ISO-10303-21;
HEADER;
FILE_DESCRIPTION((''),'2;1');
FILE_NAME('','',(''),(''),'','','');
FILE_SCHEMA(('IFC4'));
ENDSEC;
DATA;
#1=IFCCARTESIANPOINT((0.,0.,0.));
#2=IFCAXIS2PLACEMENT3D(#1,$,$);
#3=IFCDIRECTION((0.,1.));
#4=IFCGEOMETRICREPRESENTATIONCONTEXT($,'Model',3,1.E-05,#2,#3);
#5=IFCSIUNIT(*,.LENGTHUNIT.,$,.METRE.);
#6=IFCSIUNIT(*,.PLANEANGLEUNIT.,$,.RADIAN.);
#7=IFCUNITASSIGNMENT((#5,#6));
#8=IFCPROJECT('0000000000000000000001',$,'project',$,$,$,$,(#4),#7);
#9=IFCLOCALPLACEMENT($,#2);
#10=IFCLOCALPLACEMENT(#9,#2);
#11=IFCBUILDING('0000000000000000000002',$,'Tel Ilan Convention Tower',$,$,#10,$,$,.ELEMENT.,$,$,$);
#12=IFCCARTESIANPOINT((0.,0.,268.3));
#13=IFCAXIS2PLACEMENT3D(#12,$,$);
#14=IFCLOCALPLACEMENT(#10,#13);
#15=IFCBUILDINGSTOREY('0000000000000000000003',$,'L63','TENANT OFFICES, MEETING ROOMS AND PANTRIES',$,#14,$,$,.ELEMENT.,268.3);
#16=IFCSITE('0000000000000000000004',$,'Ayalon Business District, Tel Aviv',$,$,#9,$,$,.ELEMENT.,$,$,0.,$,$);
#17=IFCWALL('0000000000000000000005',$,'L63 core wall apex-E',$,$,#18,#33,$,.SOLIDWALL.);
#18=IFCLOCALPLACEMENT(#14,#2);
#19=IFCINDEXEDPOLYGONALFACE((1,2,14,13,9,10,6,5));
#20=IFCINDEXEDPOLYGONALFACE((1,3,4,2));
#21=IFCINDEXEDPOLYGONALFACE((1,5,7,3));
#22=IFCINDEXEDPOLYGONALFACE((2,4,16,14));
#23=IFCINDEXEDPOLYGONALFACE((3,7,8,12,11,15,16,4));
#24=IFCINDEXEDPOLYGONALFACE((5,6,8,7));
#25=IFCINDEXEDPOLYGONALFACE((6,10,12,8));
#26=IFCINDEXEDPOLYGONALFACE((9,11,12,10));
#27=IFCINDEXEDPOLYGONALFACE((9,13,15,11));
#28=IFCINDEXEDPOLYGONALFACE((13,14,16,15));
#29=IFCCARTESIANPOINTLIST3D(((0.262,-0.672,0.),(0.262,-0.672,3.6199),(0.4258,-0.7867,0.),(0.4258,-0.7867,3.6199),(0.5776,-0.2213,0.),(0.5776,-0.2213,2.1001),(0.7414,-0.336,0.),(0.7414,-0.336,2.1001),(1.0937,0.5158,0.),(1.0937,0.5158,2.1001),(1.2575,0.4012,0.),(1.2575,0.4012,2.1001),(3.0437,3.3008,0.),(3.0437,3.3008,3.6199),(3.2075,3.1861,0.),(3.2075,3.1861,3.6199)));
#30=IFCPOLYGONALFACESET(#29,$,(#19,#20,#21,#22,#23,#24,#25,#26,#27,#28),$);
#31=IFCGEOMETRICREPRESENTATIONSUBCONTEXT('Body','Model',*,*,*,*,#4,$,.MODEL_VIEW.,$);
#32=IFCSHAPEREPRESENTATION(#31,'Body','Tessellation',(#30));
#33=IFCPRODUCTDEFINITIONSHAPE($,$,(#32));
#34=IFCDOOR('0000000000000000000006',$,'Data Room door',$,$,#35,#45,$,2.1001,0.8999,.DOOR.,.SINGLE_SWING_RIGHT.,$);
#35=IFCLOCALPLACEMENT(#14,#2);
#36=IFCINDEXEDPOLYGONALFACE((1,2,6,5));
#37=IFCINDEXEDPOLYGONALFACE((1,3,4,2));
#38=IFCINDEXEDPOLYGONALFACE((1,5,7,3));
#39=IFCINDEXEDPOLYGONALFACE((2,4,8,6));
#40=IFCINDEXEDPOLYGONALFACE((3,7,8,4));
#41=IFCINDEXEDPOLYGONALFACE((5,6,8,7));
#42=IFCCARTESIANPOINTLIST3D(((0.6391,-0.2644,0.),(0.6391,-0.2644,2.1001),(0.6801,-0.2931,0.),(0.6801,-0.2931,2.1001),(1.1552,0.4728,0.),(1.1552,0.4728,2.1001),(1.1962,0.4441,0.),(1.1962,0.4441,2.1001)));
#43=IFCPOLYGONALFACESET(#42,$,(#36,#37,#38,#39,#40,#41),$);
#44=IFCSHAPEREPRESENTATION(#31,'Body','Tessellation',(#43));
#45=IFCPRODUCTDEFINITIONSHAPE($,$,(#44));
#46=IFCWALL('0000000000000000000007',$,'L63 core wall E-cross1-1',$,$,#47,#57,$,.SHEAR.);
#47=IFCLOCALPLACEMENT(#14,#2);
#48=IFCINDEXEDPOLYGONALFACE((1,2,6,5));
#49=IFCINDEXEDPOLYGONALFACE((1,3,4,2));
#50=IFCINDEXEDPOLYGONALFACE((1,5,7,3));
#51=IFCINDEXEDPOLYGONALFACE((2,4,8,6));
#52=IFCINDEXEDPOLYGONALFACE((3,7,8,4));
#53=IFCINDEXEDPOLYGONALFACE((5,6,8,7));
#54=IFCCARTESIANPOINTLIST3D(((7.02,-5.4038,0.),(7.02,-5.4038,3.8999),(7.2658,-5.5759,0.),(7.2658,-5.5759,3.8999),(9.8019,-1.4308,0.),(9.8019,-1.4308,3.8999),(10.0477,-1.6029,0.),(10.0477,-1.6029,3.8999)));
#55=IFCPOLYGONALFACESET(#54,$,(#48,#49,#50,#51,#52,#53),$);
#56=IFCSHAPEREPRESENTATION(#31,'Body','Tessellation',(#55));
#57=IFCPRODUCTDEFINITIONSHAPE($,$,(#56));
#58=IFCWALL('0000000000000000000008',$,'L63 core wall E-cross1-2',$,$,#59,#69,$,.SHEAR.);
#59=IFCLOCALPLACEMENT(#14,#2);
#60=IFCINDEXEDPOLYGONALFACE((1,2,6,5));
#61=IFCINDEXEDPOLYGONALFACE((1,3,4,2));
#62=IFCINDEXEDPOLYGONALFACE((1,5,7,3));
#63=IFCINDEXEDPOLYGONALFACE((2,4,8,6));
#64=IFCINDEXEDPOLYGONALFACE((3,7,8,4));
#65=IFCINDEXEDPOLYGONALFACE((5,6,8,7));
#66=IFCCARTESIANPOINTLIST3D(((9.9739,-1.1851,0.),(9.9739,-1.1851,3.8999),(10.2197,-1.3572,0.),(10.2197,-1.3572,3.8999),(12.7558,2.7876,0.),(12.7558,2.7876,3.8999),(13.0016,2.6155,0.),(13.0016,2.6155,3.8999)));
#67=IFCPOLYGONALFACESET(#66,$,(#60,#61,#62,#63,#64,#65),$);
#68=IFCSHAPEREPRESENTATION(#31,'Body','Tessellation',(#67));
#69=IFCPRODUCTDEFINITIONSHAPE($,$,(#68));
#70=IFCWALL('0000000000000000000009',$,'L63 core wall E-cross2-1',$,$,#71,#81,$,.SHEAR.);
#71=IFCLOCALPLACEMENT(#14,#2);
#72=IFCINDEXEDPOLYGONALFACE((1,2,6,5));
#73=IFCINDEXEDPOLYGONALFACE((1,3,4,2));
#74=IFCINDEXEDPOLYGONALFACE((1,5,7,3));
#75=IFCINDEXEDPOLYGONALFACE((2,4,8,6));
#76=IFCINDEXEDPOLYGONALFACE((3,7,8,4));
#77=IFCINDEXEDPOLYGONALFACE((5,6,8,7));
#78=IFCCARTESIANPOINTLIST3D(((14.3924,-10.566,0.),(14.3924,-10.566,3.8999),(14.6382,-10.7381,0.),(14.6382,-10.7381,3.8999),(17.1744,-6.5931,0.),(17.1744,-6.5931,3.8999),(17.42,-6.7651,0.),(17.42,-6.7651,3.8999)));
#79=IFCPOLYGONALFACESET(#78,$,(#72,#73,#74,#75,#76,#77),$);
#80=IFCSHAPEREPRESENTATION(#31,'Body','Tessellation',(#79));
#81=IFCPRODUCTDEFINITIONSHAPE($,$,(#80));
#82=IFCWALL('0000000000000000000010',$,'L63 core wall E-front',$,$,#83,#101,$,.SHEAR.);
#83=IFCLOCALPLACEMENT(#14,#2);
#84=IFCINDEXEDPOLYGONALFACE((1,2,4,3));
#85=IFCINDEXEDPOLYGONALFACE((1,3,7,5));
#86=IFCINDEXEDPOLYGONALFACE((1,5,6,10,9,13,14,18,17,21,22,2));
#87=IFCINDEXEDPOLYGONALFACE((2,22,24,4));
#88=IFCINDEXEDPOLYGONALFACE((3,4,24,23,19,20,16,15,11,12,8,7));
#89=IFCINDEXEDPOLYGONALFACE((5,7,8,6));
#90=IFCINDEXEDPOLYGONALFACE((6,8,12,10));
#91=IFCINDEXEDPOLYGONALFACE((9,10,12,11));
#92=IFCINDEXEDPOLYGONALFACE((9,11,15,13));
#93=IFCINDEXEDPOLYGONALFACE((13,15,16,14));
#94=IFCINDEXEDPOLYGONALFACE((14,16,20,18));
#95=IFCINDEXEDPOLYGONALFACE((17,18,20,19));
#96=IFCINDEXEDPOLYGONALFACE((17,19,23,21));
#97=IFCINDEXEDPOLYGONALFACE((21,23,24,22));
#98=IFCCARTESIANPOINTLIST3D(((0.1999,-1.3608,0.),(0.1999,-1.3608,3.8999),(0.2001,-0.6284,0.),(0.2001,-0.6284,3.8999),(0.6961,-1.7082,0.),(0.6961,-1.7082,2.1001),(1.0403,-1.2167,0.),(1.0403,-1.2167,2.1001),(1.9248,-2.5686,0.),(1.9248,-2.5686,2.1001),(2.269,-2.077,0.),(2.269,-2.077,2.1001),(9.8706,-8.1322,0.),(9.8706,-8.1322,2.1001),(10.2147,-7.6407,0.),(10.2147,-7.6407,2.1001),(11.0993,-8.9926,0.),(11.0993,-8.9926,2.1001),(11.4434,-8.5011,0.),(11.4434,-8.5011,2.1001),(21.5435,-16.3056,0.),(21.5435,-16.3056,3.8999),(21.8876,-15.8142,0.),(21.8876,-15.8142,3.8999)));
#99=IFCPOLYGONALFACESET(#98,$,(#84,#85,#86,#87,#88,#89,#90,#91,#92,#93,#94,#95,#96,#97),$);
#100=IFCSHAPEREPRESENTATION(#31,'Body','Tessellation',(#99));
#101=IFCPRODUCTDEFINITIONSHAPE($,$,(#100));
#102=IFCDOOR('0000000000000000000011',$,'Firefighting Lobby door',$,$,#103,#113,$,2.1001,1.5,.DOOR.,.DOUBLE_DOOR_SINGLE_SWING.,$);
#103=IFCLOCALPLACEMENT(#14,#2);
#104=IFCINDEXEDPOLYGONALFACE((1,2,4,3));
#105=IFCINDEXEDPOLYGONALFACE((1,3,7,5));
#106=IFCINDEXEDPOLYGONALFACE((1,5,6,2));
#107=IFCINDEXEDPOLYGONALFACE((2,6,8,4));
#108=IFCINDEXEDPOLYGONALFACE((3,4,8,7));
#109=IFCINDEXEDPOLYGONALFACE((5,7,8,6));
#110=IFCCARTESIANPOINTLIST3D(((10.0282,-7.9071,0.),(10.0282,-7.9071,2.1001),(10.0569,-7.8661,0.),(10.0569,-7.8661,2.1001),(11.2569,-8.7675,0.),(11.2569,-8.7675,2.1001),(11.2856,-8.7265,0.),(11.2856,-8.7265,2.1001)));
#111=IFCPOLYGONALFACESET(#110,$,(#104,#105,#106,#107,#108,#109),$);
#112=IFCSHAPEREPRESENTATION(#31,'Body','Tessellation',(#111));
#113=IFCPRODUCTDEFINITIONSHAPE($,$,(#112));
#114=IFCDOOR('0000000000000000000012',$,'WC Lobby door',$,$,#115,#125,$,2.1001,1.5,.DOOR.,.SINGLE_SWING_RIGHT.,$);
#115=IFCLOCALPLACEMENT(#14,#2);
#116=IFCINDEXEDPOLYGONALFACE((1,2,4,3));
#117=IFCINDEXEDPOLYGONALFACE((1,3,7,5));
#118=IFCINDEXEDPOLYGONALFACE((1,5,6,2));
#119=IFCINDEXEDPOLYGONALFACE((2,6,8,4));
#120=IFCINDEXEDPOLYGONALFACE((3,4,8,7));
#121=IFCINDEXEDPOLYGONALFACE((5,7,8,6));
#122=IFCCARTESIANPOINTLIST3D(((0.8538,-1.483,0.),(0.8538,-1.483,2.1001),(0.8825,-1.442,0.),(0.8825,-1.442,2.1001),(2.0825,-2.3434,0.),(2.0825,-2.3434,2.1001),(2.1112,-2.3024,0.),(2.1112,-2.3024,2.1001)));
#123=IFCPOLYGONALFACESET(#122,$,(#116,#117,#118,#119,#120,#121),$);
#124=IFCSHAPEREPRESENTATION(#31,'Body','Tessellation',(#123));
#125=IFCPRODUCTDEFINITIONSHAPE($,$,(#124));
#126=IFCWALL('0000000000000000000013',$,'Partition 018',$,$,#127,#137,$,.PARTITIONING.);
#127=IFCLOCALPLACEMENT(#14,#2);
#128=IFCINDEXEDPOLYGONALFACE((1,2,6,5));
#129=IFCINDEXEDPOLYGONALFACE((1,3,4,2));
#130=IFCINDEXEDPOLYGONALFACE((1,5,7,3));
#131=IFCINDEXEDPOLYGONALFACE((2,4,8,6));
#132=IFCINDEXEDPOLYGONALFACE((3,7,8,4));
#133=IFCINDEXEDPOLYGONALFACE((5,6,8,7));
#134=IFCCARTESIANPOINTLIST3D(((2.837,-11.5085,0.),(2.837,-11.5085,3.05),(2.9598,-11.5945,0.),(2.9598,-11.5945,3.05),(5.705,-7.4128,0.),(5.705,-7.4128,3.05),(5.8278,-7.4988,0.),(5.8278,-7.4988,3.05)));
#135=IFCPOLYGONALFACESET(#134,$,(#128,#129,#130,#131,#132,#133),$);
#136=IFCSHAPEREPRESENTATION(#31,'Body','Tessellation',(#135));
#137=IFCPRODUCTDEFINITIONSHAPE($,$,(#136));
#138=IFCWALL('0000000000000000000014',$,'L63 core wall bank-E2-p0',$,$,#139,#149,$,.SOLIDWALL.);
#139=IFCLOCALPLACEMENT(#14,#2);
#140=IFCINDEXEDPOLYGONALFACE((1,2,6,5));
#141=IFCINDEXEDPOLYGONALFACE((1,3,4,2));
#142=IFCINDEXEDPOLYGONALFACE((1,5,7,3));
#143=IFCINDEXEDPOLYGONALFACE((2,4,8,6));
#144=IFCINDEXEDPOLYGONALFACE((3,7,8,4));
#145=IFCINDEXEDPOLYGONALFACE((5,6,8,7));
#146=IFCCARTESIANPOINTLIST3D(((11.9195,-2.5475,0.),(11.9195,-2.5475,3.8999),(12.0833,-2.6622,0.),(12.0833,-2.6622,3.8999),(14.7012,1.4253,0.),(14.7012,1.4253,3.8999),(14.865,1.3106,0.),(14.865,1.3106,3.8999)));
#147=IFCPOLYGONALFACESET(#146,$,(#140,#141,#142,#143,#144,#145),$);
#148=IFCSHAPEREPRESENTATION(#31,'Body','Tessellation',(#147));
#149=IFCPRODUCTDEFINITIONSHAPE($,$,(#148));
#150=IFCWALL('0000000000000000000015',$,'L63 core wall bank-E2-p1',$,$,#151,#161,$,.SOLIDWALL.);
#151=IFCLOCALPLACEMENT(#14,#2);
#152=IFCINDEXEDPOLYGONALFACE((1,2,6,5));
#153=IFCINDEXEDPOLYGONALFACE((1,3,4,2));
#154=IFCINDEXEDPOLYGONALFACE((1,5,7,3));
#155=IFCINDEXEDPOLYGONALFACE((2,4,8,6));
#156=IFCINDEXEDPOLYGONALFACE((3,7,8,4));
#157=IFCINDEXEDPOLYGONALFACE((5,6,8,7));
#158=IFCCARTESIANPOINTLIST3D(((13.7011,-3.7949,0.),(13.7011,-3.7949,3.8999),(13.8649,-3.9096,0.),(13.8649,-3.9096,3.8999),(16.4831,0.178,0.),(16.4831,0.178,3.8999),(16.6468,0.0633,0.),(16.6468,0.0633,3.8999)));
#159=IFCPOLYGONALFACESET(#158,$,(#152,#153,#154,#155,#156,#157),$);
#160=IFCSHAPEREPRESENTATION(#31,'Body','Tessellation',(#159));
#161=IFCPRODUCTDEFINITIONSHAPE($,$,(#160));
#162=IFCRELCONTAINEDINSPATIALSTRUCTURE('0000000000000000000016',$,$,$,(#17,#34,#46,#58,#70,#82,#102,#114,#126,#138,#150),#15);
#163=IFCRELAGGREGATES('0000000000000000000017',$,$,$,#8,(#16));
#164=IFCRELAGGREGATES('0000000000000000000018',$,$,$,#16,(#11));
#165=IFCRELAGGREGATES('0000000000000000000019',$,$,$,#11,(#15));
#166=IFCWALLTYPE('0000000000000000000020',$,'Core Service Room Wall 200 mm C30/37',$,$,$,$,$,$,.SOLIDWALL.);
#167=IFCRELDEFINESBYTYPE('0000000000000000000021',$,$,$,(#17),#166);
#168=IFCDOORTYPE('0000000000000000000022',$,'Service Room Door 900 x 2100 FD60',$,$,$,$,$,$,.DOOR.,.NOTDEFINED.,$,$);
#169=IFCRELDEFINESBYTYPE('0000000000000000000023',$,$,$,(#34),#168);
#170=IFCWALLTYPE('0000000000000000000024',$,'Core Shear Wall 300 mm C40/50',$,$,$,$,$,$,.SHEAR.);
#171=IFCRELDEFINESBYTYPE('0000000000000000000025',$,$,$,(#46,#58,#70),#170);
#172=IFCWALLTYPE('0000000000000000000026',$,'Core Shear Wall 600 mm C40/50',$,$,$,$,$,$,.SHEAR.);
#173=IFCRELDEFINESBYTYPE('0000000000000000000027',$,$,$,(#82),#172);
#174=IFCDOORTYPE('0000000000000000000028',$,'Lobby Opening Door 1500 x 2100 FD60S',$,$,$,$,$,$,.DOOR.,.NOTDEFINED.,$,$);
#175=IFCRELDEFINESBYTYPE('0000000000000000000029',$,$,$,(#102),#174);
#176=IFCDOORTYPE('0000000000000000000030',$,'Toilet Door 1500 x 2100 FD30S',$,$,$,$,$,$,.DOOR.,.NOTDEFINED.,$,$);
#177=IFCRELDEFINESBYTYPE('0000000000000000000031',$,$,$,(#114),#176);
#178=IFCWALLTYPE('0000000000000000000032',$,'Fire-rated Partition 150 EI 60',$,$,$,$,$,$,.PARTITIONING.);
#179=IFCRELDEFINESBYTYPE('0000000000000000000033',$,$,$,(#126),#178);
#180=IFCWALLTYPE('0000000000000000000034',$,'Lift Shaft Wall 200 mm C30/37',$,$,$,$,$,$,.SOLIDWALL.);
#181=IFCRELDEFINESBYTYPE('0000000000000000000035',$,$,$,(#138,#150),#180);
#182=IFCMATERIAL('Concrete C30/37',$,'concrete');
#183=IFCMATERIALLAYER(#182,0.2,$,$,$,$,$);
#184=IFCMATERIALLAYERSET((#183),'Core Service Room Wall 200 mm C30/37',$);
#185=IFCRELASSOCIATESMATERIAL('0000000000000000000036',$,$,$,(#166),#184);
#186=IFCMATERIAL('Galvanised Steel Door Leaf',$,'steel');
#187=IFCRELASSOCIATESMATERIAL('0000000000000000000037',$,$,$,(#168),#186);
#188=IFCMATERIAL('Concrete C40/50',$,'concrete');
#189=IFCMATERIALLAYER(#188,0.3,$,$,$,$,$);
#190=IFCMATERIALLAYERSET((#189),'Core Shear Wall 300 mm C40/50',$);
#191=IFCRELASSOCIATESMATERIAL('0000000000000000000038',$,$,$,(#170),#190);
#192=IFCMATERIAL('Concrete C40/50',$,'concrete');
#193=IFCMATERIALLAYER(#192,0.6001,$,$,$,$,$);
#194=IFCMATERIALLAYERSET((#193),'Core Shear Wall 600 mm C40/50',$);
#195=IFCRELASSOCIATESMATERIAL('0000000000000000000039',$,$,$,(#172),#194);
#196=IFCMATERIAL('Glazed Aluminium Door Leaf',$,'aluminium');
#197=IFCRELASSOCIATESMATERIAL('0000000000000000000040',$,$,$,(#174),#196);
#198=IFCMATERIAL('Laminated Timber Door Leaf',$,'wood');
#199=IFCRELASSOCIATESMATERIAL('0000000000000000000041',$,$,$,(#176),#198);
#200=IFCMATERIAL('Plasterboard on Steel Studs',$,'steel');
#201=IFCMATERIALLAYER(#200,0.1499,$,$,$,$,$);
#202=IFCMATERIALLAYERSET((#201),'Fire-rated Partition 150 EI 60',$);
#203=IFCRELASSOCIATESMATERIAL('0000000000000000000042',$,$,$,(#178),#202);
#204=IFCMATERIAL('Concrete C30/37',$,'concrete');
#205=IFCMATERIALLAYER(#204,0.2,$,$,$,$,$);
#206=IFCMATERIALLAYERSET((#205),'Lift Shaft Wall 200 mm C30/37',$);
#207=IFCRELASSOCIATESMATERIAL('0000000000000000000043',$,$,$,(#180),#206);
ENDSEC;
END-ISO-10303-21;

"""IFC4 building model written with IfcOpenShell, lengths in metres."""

from ifc_helpers import new_model, si_unit, direction, frame, frame_2d, origin, place, context, subcontext, project, spatial, polyline, rectangle, outline, extrude, material, layer, layer_set, type_object, element, fill, save


model = new_model("IFC4")

# Units and contexts
model_context = context("Model", 3, precision=1e-05, world=origin(), true_north=direction((0.0, 1.0)))
body_context = subcontext(model_context, "Body", "Model", "MODEL_VIEW")
ifc_project = project(units=[si_unit("LENGTHUNIT", "METRE"), si_unit("PLANEANGLEUNIT", "RADIAN")], contexts=[model_context])

# Site, building, storey
site_placement = place(None, origin())
site = spatial("IfcSite", under=ifc_project, at=site_placement, Name="Ayalon Business District, Tel Aviv", CompositionType="ELEMENT", RefElevation=0.0)
building_placement = place(site_placement, origin())
building = spatial("IfcBuilding", under=site, at=building_placement, Name="Tel Ilan Convention Tower", CompositionType="ELEMENT")
storey_placement = place(building_placement, frame((0.0, 0.0, 268.3)))
storey = spatial("IfcBuildingStorey", under=building, at=storey_placement, Name="L63", Description="TENANT OFFICES, MEETING ROOMS AND PANTRIES", CompositionType="ELEMENT", Elevation=268.3)

# Wall, opening, door
ifc_material_1 = material(Name="Concrete C30/37", Category="concrete")
ifc_layer_1 = layer(ifc_material_1, 0.2)
ifc_layer_set_1 = layer_set([ifc_layer_1], Name="Core Service Room Wall 200 mm C30/37")
wall_type_1 = type_object("IfcWallType", Name="Core Service Room Wall 200 mm C30/37", PredefinedType="SOLIDWALL", material=ifc_layer_set_1)
wall_1_placement = place(storey_placement, frame((0.344, -0.7292, 0.0), z_axis=(0.0, 0.0, 1.0), x_axis=(0.57356, 0.819163, 0.0)))
wall_1 = element("IfcWall", 1, at=wall_1_placement, inside=storey, type_object=wall_type_1, Name="L63 core wall apex-E", PredefinedType="SOLIDWALL", context=body_context, shape_type="SweptSolid", body=[
    extrude(rectangle(XDim=4.8499, YDim=0.2, at=frame_2d((2.4248, 0.0))), origin(), (0.0, 0.0, 1.0), 3.6199),
])
opening_1_placement = place(wall_1_placement, frame((0.55, 0.0, 0.0)))
opening_1 = element("IfcOpeningElement", 2, at=opening_1_placement, cuts=wall_1, PredefinedType="OPENING", context=body_context, shape_type="SweptSolid", body=[
    extrude(rectangle(XDim=0.8999, YDim=2.1001, at=frame_2d((0.45, 1.05))), frame((0.0, 0.1099, 0.0), z_axis=(0.0, -1.0, 0.0), x_axis=(1.0, 0.0, 0.0)), (0.0, 0.0, 1.0), 0.22),
])
ifc_material_2 = material(Name="Galvanised Steel Door Leaf", Category="steel")
door_type_1 = type_object("IfcDoorType", Name="Service Room Door 900 x 2100 FD60", OperationType="NOTDEFINED", PredefinedType="DOOR", material=ifc_material_2)
door_1_placement = place(opening_1_placement, origin())
door_1 = element("IfcDoor", 3, at=door_1_placement, inside=storey, type_object=door_type_1, Name="Data Room door", OperationType="SINGLE_SWING_RIGHT", OverallHeight=2.1001, OverallWidth=0.8999, PredefinedType="DOOR", context=body_context, shape_type="SweptSolid", body=[
    extrude(rectangle(XDim=0.8999, YDim=2.1001, at=frame_2d((0.45, 1.05))), frame((0.0, 0.0249, 0.0), z_axis=(0.0, -1.0, 0.0), x_axis=(1.0, 0.0, 0.0)), (0.0, 0.0, 1.0), 0.05),
])
fill(opening_1, door_1)

# Walls
ifc_material_3 = material(Name="Concrete C40/50", Category="concrete")
ifc_layer_2 = layer(ifc_material_3, 0.3)
ifc_layer_set_2 = layer_set([ifc_layer_2], Name="Core Shear Wall 300 mm C40/50")
wall_type_2 = type_object("IfcWallType", Name="Core Shear Wall 300 mm C40/50", PredefinedType="SHEAR", material=ifc_layer_set_2)
wall_2_placement = place(storey_placement, frame((7.1428, -5.4897, 0.0), z_axis=(0.0, 0.0, 1.0), x_axis=(0.573618, 0.819123, 0.0)))
element("IfcWall", 4, at=wall_2_placement, inside=storey, type_object=wall_type_2, Name="L63 core wall E-cross1-1", PredefinedType="SHEAR", context=body_context, shape_type="SweptSolid", body=[
    extrude(outline(polyline([(0.0, 0.1499), (0.0, -0.1501), (4.8501, -0.1499), (4.8501, 0.1501), (0.0, 0.1499)])), origin(), (0.0, 0.0, 1.0), 3.8999),
])
wall_3_placement = place(storey_placement, frame((10.0969, -1.2712, 0.0), z_axis=(0.0, 0.0, 1.0), x_axis=(0.57356, 0.819163, 0.0)))
element("IfcWall", 5, at=wall_3_placement, inside=storey, type_object=wall_type_2, Name="L63 core wall E-cross1-2", PredefinedType="SHEAR", context=body_context, shape_type="SweptSolid", body=[
    extrude(outline(polyline([(4.8499, -0.1501), (4.8499, 0.1499), (0.0, 0.1501), (0.0, -0.1499), (4.8499, -0.1501)])), origin(), (0.0, 0.0, 1.0), 3.8999),
])
wall_4_placement = place(storey_placement, frame((14.5154, -10.6521, 0.0), z_axis=(0.0, 0.0, 1.0), x_axis=(0.57356, 0.819163, 0.0)))
element("IfcWall", 6, at=wall_4_placement, inside=storey, type_object=wall_type_2, Name="L63 core wall E-cross2-1", PredefinedType="SHEAR", context=body_context, shape_type="SweptSolid", body=[
    extrude(outline(polyline([(0.0, 0.1501), (0.0, -0.1499), (4.8501, -0.1499), (4.8501, 0.1499), (0.0, 0.1501)])), origin(), (0.0, 0.0, 1.0), 3.8999),
])

# Wall, openings, doors
ifc_material_4 = material(Name="Concrete C40/50", Category="concrete")
ifc_layer_3 = layer(ifc_material_4, 0.6001)
ifc_layer_set_3 = layer_set([ifc_layer_3], Name="Core Shear Wall 600 mm C40/50")
wall_type_3 = type_object("IfcWallType", Name="Core Shear Wall 600 mm C40/50", PredefinedType="SHEAR", material=ifc_layer_set_3)
wall_5_placement = place(storey_placement, frame((0.0278, -0.874, 0.0), z_axis=(0.0, 0.0, 1.0), x_axis=(0.81915, -0.573579, 0.0)))
wall_5 = element("IfcWall", 7, at=wall_5_placement, inside=storey, type_object=wall_type_3, Name="L63 core wall E-front", PredefinedType="SHEAR", context=body_context, shape_type="SweptSolid", body=[
    extrude(outline(polyline([(26.4758, 0.3), (0.0002, 0.3), (0.4202, -0.3), (26.4758, -0.2998), (26.4758, 0.3)])), origin(), (0.0, 0.0, 1.0), 3.8999),
])
opening_2_placement = place(wall_5_placement, frame((1.0259, 0.0, 0.0)))
opening_2 = element("IfcOpeningElement", 8, at=opening_2_placement, cuts=wall_5, PredefinedType="OPENING", context=body_context, shape_type="SweptSolid", body=[
    extrude(rectangle(XDim=1.5, YDim=2.1001, at=frame_2d((0.75, 1.05))), frame((0.0, 0.3101, 0.0), z_axis=(0.0, -1.0, 0.0), x_axis=(1.0, 0.0, 0.0)), (0.0, 0.0, 1.0), 0.6201),
])
opening_3_placement = place(wall_5_placement, frame((12.2258, 0.0, 0.0)))
opening_3 = element("IfcOpeningElement", 9, at=opening_3_placement, cuts=wall_5, PredefinedType="OPENING", context=body_context, shape_type="SweptSolid", body=[
    extrude(rectangle(XDim=1.5, YDim=2.1001, at=frame_2d((0.75, 1.05))), frame((0.0, 0.3101, 0.0), z_axis=(0.0, -1.0, 0.0), x_axis=(1.0, 0.0, 0.0)), (0.0, 0.0, 1.0), 0.6201),
])
ifc_material_5 = material(Name="Glazed Aluminium Door Leaf", Category="aluminium")
door_type_2 = type_object("IfcDoorType", Name="Lobby Opening Door 1500 x 2100 FD60S", OperationType="NOTDEFINED", PredefinedType="DOOR", material=ifc_material_5)
door_2_placement = place(opening_3_placement, origin())
door_2 = element("IfcDoor", 10, at=door_2_placement, inside=storey, type_object=door_type_2, Name="Firefighting Lobby door", OperationType="DOUBLE_DOOR_SINGLE_SWING", OverallHeight=2.1001, OverallWidth=1.5, PredefinedType="DOOR", context=body_context, shape_type="SweptSolid", body=[
    extrude(rectangle(XDim=1.5, YDim=2.1001, at=frame_2d((0.75, 1.05))), frame((0.0, 0.0249, 0.0), z_axis=(0.0, -1.0, 0.0), x_axis=(1.0, 0.0, 0.0)), (0.0, 0.0, 1.0), 0.05),
])
fill(opening_3, door_2)
ifc_material_6 = material(Name="Laminated Timber Door Leaf", Category="wood")
door_type_3 = type_object("IfcDoorType", Name="Toilet Door 1500 x 2100 FD30S", OperationType="NOTDEFINED", PredefinedType="DOOR", material=ifc_material_6)
door_3_placement = place(opening_2_placement, origin())
door_3 = element("IfcDoor", 11, at=door_3_placement, inside=storey, type_object=door_type_3, Name="WC Lobby door", OperationType="SINGLE_SWING_RIGHT", OverallHeight=2.1001, OverallWidth=1.5, PredefinedType="DOOR", context=body_context, shape_type="SweptSolid", body=[
    extrude(rectangle(XDim=1.5, YDim=2.1001, at=frame_2d((0.75, 1.05))), frame((0.0, 0.0249, 0.0), z_axis=(0.0, -1.0, 0.0), x_axis=(1.0, 0.0, 0.0)), (0.0, 0.0, 1.0), 0.05),
])
fill(opening_2, door_3)

# Walls
ifc_material_7 = material(Name="Plasterboard on Steel Studs", Category="steel")
ifc_layer_4 = layer(ifc_material_7, 0.1499)
ifc_layer_set_4 = layer_set([ifc_layer_4], Name="Fire-rated Partition 150 EI 60")
wall_type_4 = type_object("IfcWallType", Name="Fire-rated Partition 150 EI 60", PredefinedType="PARTITIONING", material=ifc_layer_set_4)
wall_6_placement = place(storey_placement, frame((2.8984, -11.5515, 0.0), z_axis=(0.0, 0.0, 1.0), x_axis=(0.573587, 0.819145, 0.0)))
element("IfcWall", 12, at=wall_6_placement, inside=storey, type_object=wall_type_4, Name="Partition 018", PredefinedType="PARTITIONING", context=body_context, shape_type="SweptSolid", body=[
    extrude(rectangle(XDim=5.0, YDim=0.1499, at=frame_2d((2.5, 0.0))), origin(), (0.0, 0.0, 1.0), 3.05),
])
ifc_material_8 = material(Name="Concrete C30/37", Category="concrete")
ifc_layer_5 = layer(ifc_material_8, 0.2)
ifc_layer_set_5 = layer_set([ifc_layer_5], Name="Lift Shaft Wall 200 mm C30/37")
wall_type_5 = type_object("IfcWallType", Name="Lift Shaft Wall 200 mm C30/37", PredefinedType="SOLIDWALL", material=ifc_layer_set_5)
wall_7_placement = place(storey_placement, frame((12.0015, -2.6047, 0.0), z_axis=(0.0, 0.0, 1.0), x_axis=(0.57356, 0.819163, 0.0)))
element("IfcWall", 13, at=wall_7_placement, inside=storey, type_object=wall_type_5, Name="L63 core wall bank-E2-p0", PredefinedType="SOLIDWALL", context=body_context, shape_type="SweptSolid", body=[
    extrude(rectangle(XDim=4.8499, YDim=0.2, at=frame_2d((2.4248, 0.0))), origin(), (0.0, 0.0, 1.0), 3.8999),
])
wall_8_placement = place(storey_placement, frame((13.783, -3.8523, 0.0), z_axis=(0.0, 0.0, 1.0), x_axis=(0.573594, 0.81914, 0.0)))
element("IfcWall", 14, at=wall_8_placement, inside=storey, type_object=wall_type_5, Name="L63 core wall bank-E2-p1", PredefinedType="SOLIDWALL", context=body_context, shape_type="SweptSolid", body=[
    extrude(rectangle(XDim=4.8501, YDim=0.2, at=frame_2d((2.425, 0.0))), origin(), (0.0, 0.0, 1.0), 3.8999),
])

save(model, "model.ifc")
